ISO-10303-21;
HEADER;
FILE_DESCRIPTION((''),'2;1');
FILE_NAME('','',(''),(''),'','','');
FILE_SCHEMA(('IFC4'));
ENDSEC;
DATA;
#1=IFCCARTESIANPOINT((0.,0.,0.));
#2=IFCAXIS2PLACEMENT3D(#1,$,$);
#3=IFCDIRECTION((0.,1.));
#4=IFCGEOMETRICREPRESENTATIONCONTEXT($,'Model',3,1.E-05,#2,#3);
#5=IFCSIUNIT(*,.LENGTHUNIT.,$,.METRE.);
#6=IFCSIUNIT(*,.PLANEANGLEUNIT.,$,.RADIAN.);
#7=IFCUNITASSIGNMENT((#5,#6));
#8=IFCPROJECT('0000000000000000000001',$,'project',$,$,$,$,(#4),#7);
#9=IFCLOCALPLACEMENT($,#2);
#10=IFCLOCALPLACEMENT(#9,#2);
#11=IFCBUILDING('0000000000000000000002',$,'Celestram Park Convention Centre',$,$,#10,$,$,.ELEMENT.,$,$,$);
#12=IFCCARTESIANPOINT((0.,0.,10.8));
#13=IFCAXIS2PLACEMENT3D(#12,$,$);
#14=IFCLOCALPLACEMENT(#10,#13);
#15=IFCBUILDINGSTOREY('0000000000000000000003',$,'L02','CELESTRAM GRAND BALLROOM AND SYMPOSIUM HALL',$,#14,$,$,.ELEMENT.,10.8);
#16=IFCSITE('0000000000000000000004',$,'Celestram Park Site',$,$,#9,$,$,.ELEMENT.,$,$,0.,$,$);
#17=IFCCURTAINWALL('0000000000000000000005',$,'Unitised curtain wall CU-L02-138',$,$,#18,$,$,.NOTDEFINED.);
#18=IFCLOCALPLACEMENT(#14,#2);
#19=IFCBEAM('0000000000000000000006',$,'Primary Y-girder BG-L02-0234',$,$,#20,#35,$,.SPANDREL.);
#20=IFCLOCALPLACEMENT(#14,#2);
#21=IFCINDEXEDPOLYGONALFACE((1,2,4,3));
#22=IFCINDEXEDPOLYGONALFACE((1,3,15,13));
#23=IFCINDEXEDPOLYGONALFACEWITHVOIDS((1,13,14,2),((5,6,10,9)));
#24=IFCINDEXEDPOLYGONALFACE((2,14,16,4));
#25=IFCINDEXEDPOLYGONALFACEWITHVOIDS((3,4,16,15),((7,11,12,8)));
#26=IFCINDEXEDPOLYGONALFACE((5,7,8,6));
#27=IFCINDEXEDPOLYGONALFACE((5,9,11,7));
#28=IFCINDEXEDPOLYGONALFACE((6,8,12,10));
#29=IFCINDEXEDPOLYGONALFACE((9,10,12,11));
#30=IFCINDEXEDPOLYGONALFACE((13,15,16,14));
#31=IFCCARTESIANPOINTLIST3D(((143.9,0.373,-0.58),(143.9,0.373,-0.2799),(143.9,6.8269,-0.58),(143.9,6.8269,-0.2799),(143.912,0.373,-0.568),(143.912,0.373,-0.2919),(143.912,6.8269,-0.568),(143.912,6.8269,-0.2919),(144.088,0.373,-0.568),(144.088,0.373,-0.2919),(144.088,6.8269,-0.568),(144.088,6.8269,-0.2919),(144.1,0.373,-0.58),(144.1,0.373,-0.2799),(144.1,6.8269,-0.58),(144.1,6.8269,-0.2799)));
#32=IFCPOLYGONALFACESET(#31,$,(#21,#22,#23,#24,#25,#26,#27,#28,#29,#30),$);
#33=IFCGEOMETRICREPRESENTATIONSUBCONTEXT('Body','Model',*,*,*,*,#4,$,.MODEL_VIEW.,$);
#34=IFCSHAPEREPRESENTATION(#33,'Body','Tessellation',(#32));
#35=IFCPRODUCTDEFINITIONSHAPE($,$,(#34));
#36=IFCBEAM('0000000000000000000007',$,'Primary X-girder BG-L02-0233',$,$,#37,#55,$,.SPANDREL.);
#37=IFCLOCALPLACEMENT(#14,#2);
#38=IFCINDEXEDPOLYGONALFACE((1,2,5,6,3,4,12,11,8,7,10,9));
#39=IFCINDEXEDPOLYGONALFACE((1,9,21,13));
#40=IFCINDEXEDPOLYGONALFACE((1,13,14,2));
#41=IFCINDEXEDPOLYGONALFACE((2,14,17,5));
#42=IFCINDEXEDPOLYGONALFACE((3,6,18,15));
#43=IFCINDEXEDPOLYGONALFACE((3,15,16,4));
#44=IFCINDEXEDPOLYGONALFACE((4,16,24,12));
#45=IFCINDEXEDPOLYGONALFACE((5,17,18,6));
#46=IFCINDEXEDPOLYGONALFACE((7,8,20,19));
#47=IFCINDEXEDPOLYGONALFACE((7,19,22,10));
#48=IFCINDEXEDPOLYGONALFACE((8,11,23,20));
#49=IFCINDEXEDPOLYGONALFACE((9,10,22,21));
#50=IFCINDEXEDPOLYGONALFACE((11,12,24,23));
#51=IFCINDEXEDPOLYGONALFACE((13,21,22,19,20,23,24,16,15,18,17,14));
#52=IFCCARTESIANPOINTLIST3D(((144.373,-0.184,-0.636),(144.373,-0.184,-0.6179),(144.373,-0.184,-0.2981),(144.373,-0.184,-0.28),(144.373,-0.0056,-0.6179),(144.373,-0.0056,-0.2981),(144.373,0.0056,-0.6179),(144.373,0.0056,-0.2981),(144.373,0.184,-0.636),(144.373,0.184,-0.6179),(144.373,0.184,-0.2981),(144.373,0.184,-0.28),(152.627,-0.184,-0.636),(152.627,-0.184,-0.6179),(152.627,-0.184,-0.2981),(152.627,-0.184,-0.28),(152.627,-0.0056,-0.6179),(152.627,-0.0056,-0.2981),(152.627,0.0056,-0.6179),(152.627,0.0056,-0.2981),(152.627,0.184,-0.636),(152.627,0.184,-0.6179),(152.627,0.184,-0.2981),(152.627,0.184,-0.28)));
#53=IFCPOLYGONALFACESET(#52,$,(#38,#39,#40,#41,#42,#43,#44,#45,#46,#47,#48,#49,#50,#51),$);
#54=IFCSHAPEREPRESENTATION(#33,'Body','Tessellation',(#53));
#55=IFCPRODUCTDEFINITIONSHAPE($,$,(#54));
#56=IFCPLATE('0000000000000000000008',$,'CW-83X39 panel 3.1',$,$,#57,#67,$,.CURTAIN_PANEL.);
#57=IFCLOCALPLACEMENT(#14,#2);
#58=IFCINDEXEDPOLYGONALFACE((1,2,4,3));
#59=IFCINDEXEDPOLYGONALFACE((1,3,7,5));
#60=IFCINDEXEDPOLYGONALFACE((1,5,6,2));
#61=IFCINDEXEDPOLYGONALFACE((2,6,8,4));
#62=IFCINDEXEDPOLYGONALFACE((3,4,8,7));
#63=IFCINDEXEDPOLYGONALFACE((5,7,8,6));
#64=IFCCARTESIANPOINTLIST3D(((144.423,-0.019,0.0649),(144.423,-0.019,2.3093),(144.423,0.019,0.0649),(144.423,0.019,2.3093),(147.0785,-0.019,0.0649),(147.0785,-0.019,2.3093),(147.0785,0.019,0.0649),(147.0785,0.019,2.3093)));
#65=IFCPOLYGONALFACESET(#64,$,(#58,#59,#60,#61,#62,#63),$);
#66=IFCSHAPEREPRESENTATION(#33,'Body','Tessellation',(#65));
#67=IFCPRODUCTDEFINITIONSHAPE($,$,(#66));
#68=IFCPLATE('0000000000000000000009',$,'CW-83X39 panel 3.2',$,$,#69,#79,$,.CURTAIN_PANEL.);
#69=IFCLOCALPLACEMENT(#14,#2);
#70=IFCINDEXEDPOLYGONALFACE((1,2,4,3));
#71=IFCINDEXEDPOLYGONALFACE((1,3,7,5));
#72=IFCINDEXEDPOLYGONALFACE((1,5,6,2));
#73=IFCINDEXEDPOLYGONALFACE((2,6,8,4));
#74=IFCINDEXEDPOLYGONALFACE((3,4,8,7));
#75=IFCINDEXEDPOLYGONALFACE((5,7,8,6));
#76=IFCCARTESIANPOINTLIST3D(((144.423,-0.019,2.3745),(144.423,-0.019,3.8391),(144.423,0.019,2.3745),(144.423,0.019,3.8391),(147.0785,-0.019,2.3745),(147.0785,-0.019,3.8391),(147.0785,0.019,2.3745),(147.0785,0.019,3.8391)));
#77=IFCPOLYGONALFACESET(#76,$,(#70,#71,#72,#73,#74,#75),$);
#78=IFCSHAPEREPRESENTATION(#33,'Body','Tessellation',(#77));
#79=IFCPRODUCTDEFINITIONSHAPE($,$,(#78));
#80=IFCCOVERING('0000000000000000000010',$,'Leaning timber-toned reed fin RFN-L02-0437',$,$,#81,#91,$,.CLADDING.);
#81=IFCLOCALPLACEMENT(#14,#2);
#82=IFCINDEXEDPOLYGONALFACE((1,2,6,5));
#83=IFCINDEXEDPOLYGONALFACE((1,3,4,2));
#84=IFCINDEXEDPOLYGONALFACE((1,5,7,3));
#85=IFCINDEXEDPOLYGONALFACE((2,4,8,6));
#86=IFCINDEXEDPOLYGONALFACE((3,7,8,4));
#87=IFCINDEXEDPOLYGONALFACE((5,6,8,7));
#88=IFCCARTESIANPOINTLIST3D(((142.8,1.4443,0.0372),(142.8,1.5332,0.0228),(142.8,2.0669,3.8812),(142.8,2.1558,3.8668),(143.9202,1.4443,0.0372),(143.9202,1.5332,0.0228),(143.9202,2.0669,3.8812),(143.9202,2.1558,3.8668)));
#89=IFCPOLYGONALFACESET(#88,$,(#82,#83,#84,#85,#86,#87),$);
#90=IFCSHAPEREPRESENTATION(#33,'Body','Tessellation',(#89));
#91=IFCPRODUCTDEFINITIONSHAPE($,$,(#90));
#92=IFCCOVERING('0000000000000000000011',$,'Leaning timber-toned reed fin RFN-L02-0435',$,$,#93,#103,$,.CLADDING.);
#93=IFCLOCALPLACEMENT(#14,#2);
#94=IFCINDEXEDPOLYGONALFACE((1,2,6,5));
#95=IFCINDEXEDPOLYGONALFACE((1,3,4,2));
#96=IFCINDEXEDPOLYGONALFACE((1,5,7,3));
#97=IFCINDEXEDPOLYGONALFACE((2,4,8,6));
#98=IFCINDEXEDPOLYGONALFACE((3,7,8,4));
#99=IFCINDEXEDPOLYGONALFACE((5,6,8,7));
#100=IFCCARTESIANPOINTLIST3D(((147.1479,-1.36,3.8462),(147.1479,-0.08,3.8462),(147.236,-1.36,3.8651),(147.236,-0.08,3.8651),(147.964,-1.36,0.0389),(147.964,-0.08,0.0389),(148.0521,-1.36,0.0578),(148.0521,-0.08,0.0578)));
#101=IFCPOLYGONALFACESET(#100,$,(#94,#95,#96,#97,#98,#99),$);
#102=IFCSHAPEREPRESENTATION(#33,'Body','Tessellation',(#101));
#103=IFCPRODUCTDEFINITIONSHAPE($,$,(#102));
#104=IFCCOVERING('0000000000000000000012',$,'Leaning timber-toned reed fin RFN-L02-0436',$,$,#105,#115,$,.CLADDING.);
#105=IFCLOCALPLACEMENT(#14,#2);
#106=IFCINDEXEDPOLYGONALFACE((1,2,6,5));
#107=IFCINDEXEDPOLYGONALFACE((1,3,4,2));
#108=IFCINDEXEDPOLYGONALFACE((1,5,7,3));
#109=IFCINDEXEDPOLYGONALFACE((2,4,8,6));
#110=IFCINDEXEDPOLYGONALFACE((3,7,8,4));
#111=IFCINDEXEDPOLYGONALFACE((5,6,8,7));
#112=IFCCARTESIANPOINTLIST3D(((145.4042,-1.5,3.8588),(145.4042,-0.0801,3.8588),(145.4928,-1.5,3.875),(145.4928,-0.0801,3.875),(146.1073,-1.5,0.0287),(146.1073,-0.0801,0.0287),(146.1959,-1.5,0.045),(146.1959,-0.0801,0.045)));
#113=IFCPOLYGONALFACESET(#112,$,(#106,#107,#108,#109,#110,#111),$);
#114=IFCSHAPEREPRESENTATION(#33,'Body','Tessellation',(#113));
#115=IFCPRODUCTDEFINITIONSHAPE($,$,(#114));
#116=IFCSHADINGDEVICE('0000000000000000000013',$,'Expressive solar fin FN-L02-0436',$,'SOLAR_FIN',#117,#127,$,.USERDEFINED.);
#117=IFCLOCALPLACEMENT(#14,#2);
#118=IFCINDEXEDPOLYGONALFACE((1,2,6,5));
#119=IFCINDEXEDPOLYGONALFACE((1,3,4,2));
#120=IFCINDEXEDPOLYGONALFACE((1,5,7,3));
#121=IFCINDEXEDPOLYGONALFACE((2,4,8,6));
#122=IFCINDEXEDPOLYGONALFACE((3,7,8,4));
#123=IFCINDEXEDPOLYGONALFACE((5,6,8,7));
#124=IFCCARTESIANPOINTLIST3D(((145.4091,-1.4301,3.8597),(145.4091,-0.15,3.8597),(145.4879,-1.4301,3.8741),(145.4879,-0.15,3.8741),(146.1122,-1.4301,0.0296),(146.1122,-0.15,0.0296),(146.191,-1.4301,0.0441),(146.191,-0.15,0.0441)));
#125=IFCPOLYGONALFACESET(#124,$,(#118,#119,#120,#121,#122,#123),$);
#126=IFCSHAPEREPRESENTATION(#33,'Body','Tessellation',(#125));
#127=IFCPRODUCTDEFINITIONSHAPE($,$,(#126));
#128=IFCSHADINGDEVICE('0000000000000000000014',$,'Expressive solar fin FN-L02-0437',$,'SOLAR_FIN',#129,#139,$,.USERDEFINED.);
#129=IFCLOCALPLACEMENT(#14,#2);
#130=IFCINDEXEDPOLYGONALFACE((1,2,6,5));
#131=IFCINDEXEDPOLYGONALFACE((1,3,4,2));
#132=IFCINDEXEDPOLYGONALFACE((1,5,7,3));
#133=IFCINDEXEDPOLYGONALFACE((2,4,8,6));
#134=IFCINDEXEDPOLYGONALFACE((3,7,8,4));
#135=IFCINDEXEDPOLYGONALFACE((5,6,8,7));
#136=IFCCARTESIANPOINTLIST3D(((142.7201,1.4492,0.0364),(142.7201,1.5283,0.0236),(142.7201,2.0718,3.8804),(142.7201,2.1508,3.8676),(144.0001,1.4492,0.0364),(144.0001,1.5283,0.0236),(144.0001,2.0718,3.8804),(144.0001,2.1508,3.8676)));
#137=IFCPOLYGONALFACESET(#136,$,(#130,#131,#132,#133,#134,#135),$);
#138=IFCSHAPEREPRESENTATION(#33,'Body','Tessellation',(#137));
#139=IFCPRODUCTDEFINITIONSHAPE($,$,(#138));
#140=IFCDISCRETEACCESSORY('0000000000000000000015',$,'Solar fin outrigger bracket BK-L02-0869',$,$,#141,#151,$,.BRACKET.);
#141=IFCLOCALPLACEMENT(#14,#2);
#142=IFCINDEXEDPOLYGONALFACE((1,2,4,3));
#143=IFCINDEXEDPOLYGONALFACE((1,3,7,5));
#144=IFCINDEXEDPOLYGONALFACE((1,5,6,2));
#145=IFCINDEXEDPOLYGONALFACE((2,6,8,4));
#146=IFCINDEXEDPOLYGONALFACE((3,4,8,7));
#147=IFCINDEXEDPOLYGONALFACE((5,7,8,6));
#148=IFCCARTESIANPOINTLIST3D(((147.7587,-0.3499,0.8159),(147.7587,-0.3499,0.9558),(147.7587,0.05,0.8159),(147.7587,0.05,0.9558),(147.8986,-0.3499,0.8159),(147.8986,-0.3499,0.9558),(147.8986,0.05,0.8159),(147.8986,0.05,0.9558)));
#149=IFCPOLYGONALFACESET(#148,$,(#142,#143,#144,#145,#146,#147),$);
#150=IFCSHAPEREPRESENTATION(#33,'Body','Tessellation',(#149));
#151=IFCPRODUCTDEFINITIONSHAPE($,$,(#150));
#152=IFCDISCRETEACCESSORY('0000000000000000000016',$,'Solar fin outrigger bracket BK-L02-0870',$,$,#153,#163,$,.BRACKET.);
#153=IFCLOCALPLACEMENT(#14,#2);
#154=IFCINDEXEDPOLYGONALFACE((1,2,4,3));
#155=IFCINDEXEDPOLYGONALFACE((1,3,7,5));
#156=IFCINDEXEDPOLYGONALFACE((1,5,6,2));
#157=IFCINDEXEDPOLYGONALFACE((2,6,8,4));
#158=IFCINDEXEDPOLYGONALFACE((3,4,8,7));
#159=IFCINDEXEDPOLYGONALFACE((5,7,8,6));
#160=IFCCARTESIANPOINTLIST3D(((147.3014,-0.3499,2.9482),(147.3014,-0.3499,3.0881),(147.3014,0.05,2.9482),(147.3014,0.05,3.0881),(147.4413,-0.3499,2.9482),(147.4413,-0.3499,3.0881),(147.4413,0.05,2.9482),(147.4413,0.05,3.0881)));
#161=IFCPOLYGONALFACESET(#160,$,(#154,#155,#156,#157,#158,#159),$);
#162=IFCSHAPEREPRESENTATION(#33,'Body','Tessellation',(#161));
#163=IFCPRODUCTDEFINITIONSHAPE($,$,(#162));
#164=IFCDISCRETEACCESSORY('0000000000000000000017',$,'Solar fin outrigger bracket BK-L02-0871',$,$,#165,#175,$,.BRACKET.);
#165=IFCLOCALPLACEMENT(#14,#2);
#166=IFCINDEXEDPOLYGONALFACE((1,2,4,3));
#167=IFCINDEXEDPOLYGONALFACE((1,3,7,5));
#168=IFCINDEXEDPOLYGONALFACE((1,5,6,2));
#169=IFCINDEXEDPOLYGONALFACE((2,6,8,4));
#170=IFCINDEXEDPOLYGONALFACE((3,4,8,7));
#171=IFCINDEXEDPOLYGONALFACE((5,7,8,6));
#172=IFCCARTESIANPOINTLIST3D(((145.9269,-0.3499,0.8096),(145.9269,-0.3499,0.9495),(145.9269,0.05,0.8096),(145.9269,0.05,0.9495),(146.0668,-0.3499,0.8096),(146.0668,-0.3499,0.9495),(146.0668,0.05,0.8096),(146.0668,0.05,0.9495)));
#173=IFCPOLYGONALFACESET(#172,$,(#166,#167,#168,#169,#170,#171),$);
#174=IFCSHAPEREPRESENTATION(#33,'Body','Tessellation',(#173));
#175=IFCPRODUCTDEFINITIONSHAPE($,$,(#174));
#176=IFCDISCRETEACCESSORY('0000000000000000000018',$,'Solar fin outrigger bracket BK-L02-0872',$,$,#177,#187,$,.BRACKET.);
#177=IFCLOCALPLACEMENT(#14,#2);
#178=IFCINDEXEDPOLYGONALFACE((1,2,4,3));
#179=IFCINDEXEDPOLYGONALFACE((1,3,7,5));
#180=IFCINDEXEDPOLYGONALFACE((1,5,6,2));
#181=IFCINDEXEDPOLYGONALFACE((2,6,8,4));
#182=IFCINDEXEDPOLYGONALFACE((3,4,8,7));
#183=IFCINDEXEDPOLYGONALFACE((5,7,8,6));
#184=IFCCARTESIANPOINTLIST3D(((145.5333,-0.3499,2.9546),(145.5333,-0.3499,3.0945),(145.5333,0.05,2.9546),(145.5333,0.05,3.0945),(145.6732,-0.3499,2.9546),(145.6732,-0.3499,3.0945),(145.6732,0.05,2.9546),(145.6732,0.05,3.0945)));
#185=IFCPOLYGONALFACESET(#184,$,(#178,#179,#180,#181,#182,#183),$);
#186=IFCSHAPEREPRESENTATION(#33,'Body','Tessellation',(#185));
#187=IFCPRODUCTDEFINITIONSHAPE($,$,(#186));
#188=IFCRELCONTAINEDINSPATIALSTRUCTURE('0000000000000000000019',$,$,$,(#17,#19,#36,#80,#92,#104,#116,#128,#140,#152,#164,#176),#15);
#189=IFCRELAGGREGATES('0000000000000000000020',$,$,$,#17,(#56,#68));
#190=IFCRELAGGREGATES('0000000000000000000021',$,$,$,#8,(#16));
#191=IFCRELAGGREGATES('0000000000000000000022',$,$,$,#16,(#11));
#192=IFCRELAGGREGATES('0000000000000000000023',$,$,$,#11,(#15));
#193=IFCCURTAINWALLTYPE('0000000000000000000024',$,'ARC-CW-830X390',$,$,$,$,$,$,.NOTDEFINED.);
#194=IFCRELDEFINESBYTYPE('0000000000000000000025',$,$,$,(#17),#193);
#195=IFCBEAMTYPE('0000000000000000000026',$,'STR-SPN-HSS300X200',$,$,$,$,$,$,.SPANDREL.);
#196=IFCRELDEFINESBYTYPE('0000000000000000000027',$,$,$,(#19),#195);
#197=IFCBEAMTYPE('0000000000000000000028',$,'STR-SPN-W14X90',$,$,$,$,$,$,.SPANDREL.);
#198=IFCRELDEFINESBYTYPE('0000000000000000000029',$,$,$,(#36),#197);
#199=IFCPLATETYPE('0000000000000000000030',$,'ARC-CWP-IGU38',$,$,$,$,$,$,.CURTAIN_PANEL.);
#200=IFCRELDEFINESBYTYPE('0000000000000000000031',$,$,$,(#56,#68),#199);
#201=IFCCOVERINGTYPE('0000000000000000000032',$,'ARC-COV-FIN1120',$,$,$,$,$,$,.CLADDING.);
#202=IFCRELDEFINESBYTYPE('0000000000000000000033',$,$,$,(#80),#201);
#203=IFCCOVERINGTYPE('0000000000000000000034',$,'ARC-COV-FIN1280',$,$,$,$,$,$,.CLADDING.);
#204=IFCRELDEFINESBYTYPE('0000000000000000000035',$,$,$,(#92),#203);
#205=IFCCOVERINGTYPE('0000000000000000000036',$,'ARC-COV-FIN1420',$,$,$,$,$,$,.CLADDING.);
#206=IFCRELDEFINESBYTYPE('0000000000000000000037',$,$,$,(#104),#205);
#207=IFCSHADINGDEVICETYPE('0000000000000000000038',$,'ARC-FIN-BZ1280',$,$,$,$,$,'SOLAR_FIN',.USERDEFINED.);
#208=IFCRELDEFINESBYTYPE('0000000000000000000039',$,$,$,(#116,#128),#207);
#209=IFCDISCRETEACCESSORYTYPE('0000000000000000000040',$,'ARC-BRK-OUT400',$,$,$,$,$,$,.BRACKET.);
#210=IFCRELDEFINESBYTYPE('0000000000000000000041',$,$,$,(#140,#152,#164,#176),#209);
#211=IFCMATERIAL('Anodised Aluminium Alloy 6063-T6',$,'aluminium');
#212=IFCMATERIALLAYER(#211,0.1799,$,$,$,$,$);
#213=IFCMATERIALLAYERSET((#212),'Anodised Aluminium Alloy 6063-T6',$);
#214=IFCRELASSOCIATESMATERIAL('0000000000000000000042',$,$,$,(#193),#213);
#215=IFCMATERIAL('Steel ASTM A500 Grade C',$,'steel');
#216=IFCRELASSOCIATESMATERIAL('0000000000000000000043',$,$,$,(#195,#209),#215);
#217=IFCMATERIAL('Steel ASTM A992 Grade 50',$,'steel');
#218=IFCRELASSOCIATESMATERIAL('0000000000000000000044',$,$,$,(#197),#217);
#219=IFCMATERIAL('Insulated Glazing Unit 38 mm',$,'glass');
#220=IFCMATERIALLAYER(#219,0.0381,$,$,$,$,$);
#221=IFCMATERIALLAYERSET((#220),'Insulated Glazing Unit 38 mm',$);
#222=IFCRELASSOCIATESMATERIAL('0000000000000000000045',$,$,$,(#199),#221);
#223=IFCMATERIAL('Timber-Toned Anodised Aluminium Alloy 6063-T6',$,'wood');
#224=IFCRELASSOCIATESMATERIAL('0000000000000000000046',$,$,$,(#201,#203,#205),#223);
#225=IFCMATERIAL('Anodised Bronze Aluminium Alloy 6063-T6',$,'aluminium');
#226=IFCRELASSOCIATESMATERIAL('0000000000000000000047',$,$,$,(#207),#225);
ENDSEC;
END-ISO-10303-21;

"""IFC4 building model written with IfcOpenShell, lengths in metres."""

from ifc_helpers import new_model, si_unit, direction, frame, origin, origin_2d, place, context, subcontext, project, spatial, rectangle, hollow_rectangle, i_section, extrude, material, layer, layer_set, material_profile, profile_set, type_object, element, aggregate, save


model = new_model("IFC4")

# Units and contexts
model_context = context("Model", 3, precision=1e-05, world=origin(), true_north=direction((0.0, 1.0)))
body_context = subcontext(model_context, "Body", "Model", "MODEL_VIEW")
ifc_project = project(units=[si_unit("LENGTHUNIT", "METRE"), si_unit("PLANEANGLEUNIT", "RADIAN")], contexts=[model_context])

# Site, building, storey
site_placement = place(None, origin())
site = spatial("IfcSite", under=ifc_project, at=site_placement, Name="Celestram Park Site", CompositionType="ELEMENT", RefElevation=0.0)
building_placement = place(site_placement, origin())
building = spatial("IfcBuilding", under=site, at=building_placement, Name="Celestram Park Convention Centre", CompositionType="ELEMENT")
storey_placement = place(building_placement, frame((0.0, 0.0, 10.8)))
storey = spatial("IfcBuildingStorey", under=building, at=storey_placement, Name="L02", Description="CELESTRAM GRAND BALLROOM AND SYMPOSIUM HALL", CompositionType="ELEMENT", Elevation=10.8)

# Shared definitions
ifc_material_1 = material(Name="Anodised Aluminium Alloy 6063-T6", Category="aluminium")

# Curtain wall
ifc_layer_1 = layer(ifc_material_1, 0.1799)
ifc_layer_set_1 = layer_set([ifc_layer_1], Name="Anodised Aluminium Alloy 6063-T6")
curtain_wall_type_1 = type_object("IfcCurtainWallType", Name="ARC-CW-830X390", PredefinedType="NOTDEFINED", material=ifc_layer_set_1)
curtain_wall_1_placement = place(storey_placement, origin())
curtain_wall_1 = element("IfcCurtainWall", 1, at=curtain_wall_1_placement, inside=storey, type_object=curtain_wall_type_1, Name="Unitised curtain wall CU-L02-138", PredefinedType="NOTDEFINED")

# Beams
ifc_material_2 = material(Name="Steel ASTM A500 Grade C", Category="steel")
ifc_material_profile_1 = material_profile(ifc_material_2, hollow_rectangle(XDim=0.2, YDim=0.3, WallThickness=0.012, at=origin_2d()), Name="HSS300X200X12")
ifc_profile_set_1 = profile_set([ifc_material_profile_1], Name="Steel ASTM A500 Grade C")
beam_type_1 = type_object("IfcBeamType", Name="STR-SPN-HSS300X200", PredefinedType="SPANDREL", material=ifc_profile_set_1)
beam_1_placement = place(storey_placement, frame((144.0, 0.373, -0.4299), z_axis=(0.0, 1.0, 0.0), x_axis=(-1.0, 0.0, 0.0)))
element("IfcBeam", 2, at=beam_1_placement, inside=storey, type_object=beam_type_1, Name="Primary Y-girder BG-L02-0234", PredefinedType="SPANDREL", context=body_context, shape_type="SweptSolid", body=[
    extrude(hollow_rectangle(XDim=0.2, YDim=0.3, WallThickness=0.012, at=origin_2d()), origin(), (0.0, 0.0, 1.0), 6.4539),
])
ifc_material_3 = material(Name="Steel ASTM A992 Grade 50", Category="steel")
ifc_material_profile_2 = material_profile(ifc_material_3, i_section(OverallWidth=0.3679, OverallDepth=0.356, WebThickness=0.0112, FlangeThickness=0.0181, at=origin_2d()), Name="W14X90")
ifc_profile_set_2 = profile_set([ifc_material_profile_2], Name="Steel ASTM A992 Grade 50")
beam_type_2 = type_object("IfcBeamType", Name="STR-SPN-W14X90", PredefinedType="SPANDREL", material=ifc_profile_set_2)
beam_2_placement = place(storey_placement, frame((144.373, 0.0, -0.458), z_axis=(1.0, 0.0, 0.0), x_axis=(0.0, 1.0, 0.0)))
element("IfcBeam", 3, at=beam_2_placement, inside=storey, type_object=beam_type_2, Name="Primary X-girder BG-L02-0233", PredefinedType="SPANDREL", context=body_context, shape_type="SweptSolid", body=[
    extrude(i_section(OverallWidth=0.3679, OverallDepth=0.356, WebThickness=0.0112, FlangeThickness=0.0181, at=origin_2d()), origin(), (0.0, 0.0, 1.0), 8.2539),
])

# Plates
ifc_material_4 = material(Name="Insulated Glazing Unit 38 mm", Category="glass")
ifc_layer_2 = layer(ifc_material_4, 0.0381)
ifc_layer_set_2 = layer_set([ifc_layer_2], Name="Insulated Glazing Unit 38 mm")
plate_type = type_object("IfcPlateType", Name="ARC-CWP-IGU38", PredefinedType="CURTAIN_PANEL", material=ifc_layer_set_2)
plate_1_placement = place(storey_placement, frame((145.7507, 0.0, 0.0649), z_axis=(0.0, 0.0, 1.0), x_axis=(-1.0, 0.0, 0.0)))
plate_1 = element("IfcPlate", 4, at=plate_1_placement, type_object=plate_type, Name="CW-83X39 panel 3.1", PredefinedType="CURTAIN_PANEL", context=body_context, shape_type="SweptSolid", body=[
    extrude(rectangle(XDim=2.6555, YDim=0.0381, at=origin_2d()), origin(), (0.0, 0.0, 1.0), 2.2444),
])
plate_2_placement = place(storey_placement, frame((145.7507, 0.0, 2.3745), z_axis=(0.0, 0.0, 1.0), x_axis=(-1.0, 0.0, 0.0)))
plate_2 = element("IfcPlate", 5, at=plate_2_placement, type_object=plate_type, Name="CW-83X39 panel 3.2", PredefinedType="CURTAIN_PANEL", context=body_context, shape_type="SweptSolid", body=[
    extrude(rectangle(XDim=2.6555, YDim=0.0381, at=origin_2d()), origin(), (0.0, 0.0, 1.0), 1.4646),
])
aggregate(curtain_wall_1, [plate_1, plate_2])

# Coverings
ifc_material_5 = material(Name="Timber-Toned Anodised Aluminium Alloy 6063-T6", Category="wood")
ifc_material_profile_3 = material_profile(ifc_material_5, rectangle(XDim=1.1201, YDim=0.0901, at=origin_2d()), Name="REED1120X90")
ifc_profile_set_3 = profile_set([ifc_material_profile_3], Name="Timber-Toned Anodised Aluminium Alloy 6063-T6")
covering_type_1 = type_object("IfcCoveringType", Name="ARC-COV-FIN1120", PredefinedType="CLADDING", material=ifc_profile_set_3)
covering_1_placement = place(storey_placement, frame((143.3601, 1.4888, 0.03), z_axis=(0.0, 0.159873, 0.987138), x_axis=(-1.0, 0.0, 0.0)))
element("IfcCovering", 6, at=covering_1_placement, inside=storey, type_object=covering_type_1, Name="Leaning timber-toned reed fin RFN-L02-0437", PredefinedType="CLADDING", context=body_context, shape_type="SweptSolid", body=[
    extrude(rectangle(XDim=1.1201, YDim=0.0901, at=origin_2d()), origin(), (0.0, 0.0, 1.0), 3.894),
])
ifc_material_profile_4 = material_profile(ifc_material_5, rectangle(XDim=1.28, YDim=0.0901, at=origin_2d()), Name="REED1280X90")
ifc_profile_set_4 = profile_set([ifc_material_profile_4], Name="Timber-Toned Anodised Aluminium Alloy 6063-T6")
covering_type_2 = type_object("IfcCoveringType", Name="ARC-COV-FIN1280", PredefinedType="CLADDING", material=ifc_profile_set_4)
covering_2_placement = place(storey_placement, frame((148.0081, -0.72, 0.0483), z_axis=(-0.209602, 0.0, 0.977787), x_axis=(0.0, -1.0, 0.0)))
element("IfcCovering", 7, at=covering_2_placement, inside=storey, type_object=covering_type_2, Name="Leaning timber-toned reed fin RFN-L02-0435", PredefinedType="CLADDING", context=body_context, shape_type="SweptSolid", body=[
    extrude(rectangle(XDim=1.28, YDim=0.0901, at=origin_2d()), origin(), (0.0, 0.0, 1.0), 3.8938),
])
ifc_material_profile_5 = material_profile(ifc_material_5, rectangle(XDim=1.4199, YDim=0.0901, at=origin_2d()), Name="REED1420X90")
ifc_profile_set_5 = profile_set([ifc_material_profile_5], Name="Timber-Toned Anodised Aluminium Alloy 6063-T6")
covering_type_3 = type_object("IfcCoveringType", Name="ARC-COV-FIN1420", PredefinedType="CLADDING", material=ifc_profile_set_5)
covering_3_placement = place(storey_placement, frame((146.1516, -0.79, 0.0369), z_axis=(-0.180562, 0.0, 0.983564), x_axis=(0.0, -1.0, 0.0)))
element("IfcCovering", 8, at=covering_3_placement, inside=storey, type_object=covering_type_3, Name="Leaning timber-toned reed fin RFN-L02-0436", PredefinedType="CLADDING", context=body_context, shape_type="SweptSolid", body=[
    extrude(rectangle(XDim=1.4199, YDim=0.0901, at=origin_2d()), origin(), (0.0, 0.0, 1.0), 3.894),
])

# Shading devices
ifc_material_6 = material(Name="Anodised Bronze Aluminium Alloy 6063-T6", Category="aluminium")
ifc_material_profile_6 = material_profile(ifc_material_6, rectangle(XDim=1.28, YDim=0.0801, at=origin_2d()), Name="FIN1280X80")
ifc_profile_set_6 = profile_set([ifc_material_profile_6], Name="Anodised Bronze Aluminium Alloy 6063-T6")
shading_device_type = type_object("IfcShadingDeviceType", Name="ARC-FIN-BZ1280", ElementType="SOLAR_FIN", PredefinedType="USERDEFINED", material=ifc_profile_set_6)
for number, where, z_axis, x_axis, name in (
    (9, (146.1516, -0.79, 0.0369), (-0.180562, 0.0, 0.983564), (0.0, -1.0, 0.0), "Expressive solar fin FN-L02-0436"),
    (10, (143.3601, 1.4888, 0.03), (0.0, 0.159873, 0.987138), (-1.0, 0.0, 0.0), "Expressive solar fin FN-L02-0437"),
):
    element("IfcShadingDevice", number, at=place(storey_placement, frame(where, z_axis=z_axis, x_axis=x_axis)), inside=storey, type_object=shading_device_type, Name=name, ObjectType="SOLAR_FIN", PredefinedType="USERDEFINED", context=body_context, shape_type="SweptSolid", body=[
        extrude(rectangle(XDim=1.28, YDim=0.0801, at=origin_2d()), origin(), (0.0, 0.0, 1.0), 3.894),
    ])

# Discrete accessories
discrete_accessory_type = type_object("IfcDiscreteAccessoryType", Name="ARC-BRK-OUT400", PredefinedType="BRACKET", material=ifc_material_2)
for number, where, z_axis, x_axis, name in (
    (11, (147.8286, -0.1499, 0.8159), (0.0, 0.0, 1.0), (0.0, -1.0, 0.0), "Solar fin outrigger bracket BK-L02-0869"),
    (12, (147.3713, -0.1499, 2.9482), (0.0, 0.0, 1.0), (0.0, -1.0, 0.0), "Solar fin outrigger bracket BK-L02-0870"),
    (13, (145.9968, -0.1499, 0.8096), (0.0, 0.0, 1.0), (0.0, -1.0, 0.0), "Solar fin outrigger bracket BK-L02-0871"),
    (14, (145.6033, -0.1499, 2.9546), (0.0, 0.0, 1.0), (0.0, -1.0, 0.0), "Solar fin outrigger bracket BK-L02-0872"),
):
    element("IfcDiscreteAccessory", number, at=place(storey_placement, frame(where, z_axis=z_axis, x_axis=x_axis)), inside=storey, type_object=discrete_accessory_type, Name=name, PredefinedType="BRACKET", context=body_context, shape_type="SweptSolid", body=[
        extrude(rectangle(XDim=0.3999, YDim=0.1399, at=origin_2d()), origin(), (0.0, 0.0, 1.0), 0.1399),
    ])

save(model, "model.ifc")
